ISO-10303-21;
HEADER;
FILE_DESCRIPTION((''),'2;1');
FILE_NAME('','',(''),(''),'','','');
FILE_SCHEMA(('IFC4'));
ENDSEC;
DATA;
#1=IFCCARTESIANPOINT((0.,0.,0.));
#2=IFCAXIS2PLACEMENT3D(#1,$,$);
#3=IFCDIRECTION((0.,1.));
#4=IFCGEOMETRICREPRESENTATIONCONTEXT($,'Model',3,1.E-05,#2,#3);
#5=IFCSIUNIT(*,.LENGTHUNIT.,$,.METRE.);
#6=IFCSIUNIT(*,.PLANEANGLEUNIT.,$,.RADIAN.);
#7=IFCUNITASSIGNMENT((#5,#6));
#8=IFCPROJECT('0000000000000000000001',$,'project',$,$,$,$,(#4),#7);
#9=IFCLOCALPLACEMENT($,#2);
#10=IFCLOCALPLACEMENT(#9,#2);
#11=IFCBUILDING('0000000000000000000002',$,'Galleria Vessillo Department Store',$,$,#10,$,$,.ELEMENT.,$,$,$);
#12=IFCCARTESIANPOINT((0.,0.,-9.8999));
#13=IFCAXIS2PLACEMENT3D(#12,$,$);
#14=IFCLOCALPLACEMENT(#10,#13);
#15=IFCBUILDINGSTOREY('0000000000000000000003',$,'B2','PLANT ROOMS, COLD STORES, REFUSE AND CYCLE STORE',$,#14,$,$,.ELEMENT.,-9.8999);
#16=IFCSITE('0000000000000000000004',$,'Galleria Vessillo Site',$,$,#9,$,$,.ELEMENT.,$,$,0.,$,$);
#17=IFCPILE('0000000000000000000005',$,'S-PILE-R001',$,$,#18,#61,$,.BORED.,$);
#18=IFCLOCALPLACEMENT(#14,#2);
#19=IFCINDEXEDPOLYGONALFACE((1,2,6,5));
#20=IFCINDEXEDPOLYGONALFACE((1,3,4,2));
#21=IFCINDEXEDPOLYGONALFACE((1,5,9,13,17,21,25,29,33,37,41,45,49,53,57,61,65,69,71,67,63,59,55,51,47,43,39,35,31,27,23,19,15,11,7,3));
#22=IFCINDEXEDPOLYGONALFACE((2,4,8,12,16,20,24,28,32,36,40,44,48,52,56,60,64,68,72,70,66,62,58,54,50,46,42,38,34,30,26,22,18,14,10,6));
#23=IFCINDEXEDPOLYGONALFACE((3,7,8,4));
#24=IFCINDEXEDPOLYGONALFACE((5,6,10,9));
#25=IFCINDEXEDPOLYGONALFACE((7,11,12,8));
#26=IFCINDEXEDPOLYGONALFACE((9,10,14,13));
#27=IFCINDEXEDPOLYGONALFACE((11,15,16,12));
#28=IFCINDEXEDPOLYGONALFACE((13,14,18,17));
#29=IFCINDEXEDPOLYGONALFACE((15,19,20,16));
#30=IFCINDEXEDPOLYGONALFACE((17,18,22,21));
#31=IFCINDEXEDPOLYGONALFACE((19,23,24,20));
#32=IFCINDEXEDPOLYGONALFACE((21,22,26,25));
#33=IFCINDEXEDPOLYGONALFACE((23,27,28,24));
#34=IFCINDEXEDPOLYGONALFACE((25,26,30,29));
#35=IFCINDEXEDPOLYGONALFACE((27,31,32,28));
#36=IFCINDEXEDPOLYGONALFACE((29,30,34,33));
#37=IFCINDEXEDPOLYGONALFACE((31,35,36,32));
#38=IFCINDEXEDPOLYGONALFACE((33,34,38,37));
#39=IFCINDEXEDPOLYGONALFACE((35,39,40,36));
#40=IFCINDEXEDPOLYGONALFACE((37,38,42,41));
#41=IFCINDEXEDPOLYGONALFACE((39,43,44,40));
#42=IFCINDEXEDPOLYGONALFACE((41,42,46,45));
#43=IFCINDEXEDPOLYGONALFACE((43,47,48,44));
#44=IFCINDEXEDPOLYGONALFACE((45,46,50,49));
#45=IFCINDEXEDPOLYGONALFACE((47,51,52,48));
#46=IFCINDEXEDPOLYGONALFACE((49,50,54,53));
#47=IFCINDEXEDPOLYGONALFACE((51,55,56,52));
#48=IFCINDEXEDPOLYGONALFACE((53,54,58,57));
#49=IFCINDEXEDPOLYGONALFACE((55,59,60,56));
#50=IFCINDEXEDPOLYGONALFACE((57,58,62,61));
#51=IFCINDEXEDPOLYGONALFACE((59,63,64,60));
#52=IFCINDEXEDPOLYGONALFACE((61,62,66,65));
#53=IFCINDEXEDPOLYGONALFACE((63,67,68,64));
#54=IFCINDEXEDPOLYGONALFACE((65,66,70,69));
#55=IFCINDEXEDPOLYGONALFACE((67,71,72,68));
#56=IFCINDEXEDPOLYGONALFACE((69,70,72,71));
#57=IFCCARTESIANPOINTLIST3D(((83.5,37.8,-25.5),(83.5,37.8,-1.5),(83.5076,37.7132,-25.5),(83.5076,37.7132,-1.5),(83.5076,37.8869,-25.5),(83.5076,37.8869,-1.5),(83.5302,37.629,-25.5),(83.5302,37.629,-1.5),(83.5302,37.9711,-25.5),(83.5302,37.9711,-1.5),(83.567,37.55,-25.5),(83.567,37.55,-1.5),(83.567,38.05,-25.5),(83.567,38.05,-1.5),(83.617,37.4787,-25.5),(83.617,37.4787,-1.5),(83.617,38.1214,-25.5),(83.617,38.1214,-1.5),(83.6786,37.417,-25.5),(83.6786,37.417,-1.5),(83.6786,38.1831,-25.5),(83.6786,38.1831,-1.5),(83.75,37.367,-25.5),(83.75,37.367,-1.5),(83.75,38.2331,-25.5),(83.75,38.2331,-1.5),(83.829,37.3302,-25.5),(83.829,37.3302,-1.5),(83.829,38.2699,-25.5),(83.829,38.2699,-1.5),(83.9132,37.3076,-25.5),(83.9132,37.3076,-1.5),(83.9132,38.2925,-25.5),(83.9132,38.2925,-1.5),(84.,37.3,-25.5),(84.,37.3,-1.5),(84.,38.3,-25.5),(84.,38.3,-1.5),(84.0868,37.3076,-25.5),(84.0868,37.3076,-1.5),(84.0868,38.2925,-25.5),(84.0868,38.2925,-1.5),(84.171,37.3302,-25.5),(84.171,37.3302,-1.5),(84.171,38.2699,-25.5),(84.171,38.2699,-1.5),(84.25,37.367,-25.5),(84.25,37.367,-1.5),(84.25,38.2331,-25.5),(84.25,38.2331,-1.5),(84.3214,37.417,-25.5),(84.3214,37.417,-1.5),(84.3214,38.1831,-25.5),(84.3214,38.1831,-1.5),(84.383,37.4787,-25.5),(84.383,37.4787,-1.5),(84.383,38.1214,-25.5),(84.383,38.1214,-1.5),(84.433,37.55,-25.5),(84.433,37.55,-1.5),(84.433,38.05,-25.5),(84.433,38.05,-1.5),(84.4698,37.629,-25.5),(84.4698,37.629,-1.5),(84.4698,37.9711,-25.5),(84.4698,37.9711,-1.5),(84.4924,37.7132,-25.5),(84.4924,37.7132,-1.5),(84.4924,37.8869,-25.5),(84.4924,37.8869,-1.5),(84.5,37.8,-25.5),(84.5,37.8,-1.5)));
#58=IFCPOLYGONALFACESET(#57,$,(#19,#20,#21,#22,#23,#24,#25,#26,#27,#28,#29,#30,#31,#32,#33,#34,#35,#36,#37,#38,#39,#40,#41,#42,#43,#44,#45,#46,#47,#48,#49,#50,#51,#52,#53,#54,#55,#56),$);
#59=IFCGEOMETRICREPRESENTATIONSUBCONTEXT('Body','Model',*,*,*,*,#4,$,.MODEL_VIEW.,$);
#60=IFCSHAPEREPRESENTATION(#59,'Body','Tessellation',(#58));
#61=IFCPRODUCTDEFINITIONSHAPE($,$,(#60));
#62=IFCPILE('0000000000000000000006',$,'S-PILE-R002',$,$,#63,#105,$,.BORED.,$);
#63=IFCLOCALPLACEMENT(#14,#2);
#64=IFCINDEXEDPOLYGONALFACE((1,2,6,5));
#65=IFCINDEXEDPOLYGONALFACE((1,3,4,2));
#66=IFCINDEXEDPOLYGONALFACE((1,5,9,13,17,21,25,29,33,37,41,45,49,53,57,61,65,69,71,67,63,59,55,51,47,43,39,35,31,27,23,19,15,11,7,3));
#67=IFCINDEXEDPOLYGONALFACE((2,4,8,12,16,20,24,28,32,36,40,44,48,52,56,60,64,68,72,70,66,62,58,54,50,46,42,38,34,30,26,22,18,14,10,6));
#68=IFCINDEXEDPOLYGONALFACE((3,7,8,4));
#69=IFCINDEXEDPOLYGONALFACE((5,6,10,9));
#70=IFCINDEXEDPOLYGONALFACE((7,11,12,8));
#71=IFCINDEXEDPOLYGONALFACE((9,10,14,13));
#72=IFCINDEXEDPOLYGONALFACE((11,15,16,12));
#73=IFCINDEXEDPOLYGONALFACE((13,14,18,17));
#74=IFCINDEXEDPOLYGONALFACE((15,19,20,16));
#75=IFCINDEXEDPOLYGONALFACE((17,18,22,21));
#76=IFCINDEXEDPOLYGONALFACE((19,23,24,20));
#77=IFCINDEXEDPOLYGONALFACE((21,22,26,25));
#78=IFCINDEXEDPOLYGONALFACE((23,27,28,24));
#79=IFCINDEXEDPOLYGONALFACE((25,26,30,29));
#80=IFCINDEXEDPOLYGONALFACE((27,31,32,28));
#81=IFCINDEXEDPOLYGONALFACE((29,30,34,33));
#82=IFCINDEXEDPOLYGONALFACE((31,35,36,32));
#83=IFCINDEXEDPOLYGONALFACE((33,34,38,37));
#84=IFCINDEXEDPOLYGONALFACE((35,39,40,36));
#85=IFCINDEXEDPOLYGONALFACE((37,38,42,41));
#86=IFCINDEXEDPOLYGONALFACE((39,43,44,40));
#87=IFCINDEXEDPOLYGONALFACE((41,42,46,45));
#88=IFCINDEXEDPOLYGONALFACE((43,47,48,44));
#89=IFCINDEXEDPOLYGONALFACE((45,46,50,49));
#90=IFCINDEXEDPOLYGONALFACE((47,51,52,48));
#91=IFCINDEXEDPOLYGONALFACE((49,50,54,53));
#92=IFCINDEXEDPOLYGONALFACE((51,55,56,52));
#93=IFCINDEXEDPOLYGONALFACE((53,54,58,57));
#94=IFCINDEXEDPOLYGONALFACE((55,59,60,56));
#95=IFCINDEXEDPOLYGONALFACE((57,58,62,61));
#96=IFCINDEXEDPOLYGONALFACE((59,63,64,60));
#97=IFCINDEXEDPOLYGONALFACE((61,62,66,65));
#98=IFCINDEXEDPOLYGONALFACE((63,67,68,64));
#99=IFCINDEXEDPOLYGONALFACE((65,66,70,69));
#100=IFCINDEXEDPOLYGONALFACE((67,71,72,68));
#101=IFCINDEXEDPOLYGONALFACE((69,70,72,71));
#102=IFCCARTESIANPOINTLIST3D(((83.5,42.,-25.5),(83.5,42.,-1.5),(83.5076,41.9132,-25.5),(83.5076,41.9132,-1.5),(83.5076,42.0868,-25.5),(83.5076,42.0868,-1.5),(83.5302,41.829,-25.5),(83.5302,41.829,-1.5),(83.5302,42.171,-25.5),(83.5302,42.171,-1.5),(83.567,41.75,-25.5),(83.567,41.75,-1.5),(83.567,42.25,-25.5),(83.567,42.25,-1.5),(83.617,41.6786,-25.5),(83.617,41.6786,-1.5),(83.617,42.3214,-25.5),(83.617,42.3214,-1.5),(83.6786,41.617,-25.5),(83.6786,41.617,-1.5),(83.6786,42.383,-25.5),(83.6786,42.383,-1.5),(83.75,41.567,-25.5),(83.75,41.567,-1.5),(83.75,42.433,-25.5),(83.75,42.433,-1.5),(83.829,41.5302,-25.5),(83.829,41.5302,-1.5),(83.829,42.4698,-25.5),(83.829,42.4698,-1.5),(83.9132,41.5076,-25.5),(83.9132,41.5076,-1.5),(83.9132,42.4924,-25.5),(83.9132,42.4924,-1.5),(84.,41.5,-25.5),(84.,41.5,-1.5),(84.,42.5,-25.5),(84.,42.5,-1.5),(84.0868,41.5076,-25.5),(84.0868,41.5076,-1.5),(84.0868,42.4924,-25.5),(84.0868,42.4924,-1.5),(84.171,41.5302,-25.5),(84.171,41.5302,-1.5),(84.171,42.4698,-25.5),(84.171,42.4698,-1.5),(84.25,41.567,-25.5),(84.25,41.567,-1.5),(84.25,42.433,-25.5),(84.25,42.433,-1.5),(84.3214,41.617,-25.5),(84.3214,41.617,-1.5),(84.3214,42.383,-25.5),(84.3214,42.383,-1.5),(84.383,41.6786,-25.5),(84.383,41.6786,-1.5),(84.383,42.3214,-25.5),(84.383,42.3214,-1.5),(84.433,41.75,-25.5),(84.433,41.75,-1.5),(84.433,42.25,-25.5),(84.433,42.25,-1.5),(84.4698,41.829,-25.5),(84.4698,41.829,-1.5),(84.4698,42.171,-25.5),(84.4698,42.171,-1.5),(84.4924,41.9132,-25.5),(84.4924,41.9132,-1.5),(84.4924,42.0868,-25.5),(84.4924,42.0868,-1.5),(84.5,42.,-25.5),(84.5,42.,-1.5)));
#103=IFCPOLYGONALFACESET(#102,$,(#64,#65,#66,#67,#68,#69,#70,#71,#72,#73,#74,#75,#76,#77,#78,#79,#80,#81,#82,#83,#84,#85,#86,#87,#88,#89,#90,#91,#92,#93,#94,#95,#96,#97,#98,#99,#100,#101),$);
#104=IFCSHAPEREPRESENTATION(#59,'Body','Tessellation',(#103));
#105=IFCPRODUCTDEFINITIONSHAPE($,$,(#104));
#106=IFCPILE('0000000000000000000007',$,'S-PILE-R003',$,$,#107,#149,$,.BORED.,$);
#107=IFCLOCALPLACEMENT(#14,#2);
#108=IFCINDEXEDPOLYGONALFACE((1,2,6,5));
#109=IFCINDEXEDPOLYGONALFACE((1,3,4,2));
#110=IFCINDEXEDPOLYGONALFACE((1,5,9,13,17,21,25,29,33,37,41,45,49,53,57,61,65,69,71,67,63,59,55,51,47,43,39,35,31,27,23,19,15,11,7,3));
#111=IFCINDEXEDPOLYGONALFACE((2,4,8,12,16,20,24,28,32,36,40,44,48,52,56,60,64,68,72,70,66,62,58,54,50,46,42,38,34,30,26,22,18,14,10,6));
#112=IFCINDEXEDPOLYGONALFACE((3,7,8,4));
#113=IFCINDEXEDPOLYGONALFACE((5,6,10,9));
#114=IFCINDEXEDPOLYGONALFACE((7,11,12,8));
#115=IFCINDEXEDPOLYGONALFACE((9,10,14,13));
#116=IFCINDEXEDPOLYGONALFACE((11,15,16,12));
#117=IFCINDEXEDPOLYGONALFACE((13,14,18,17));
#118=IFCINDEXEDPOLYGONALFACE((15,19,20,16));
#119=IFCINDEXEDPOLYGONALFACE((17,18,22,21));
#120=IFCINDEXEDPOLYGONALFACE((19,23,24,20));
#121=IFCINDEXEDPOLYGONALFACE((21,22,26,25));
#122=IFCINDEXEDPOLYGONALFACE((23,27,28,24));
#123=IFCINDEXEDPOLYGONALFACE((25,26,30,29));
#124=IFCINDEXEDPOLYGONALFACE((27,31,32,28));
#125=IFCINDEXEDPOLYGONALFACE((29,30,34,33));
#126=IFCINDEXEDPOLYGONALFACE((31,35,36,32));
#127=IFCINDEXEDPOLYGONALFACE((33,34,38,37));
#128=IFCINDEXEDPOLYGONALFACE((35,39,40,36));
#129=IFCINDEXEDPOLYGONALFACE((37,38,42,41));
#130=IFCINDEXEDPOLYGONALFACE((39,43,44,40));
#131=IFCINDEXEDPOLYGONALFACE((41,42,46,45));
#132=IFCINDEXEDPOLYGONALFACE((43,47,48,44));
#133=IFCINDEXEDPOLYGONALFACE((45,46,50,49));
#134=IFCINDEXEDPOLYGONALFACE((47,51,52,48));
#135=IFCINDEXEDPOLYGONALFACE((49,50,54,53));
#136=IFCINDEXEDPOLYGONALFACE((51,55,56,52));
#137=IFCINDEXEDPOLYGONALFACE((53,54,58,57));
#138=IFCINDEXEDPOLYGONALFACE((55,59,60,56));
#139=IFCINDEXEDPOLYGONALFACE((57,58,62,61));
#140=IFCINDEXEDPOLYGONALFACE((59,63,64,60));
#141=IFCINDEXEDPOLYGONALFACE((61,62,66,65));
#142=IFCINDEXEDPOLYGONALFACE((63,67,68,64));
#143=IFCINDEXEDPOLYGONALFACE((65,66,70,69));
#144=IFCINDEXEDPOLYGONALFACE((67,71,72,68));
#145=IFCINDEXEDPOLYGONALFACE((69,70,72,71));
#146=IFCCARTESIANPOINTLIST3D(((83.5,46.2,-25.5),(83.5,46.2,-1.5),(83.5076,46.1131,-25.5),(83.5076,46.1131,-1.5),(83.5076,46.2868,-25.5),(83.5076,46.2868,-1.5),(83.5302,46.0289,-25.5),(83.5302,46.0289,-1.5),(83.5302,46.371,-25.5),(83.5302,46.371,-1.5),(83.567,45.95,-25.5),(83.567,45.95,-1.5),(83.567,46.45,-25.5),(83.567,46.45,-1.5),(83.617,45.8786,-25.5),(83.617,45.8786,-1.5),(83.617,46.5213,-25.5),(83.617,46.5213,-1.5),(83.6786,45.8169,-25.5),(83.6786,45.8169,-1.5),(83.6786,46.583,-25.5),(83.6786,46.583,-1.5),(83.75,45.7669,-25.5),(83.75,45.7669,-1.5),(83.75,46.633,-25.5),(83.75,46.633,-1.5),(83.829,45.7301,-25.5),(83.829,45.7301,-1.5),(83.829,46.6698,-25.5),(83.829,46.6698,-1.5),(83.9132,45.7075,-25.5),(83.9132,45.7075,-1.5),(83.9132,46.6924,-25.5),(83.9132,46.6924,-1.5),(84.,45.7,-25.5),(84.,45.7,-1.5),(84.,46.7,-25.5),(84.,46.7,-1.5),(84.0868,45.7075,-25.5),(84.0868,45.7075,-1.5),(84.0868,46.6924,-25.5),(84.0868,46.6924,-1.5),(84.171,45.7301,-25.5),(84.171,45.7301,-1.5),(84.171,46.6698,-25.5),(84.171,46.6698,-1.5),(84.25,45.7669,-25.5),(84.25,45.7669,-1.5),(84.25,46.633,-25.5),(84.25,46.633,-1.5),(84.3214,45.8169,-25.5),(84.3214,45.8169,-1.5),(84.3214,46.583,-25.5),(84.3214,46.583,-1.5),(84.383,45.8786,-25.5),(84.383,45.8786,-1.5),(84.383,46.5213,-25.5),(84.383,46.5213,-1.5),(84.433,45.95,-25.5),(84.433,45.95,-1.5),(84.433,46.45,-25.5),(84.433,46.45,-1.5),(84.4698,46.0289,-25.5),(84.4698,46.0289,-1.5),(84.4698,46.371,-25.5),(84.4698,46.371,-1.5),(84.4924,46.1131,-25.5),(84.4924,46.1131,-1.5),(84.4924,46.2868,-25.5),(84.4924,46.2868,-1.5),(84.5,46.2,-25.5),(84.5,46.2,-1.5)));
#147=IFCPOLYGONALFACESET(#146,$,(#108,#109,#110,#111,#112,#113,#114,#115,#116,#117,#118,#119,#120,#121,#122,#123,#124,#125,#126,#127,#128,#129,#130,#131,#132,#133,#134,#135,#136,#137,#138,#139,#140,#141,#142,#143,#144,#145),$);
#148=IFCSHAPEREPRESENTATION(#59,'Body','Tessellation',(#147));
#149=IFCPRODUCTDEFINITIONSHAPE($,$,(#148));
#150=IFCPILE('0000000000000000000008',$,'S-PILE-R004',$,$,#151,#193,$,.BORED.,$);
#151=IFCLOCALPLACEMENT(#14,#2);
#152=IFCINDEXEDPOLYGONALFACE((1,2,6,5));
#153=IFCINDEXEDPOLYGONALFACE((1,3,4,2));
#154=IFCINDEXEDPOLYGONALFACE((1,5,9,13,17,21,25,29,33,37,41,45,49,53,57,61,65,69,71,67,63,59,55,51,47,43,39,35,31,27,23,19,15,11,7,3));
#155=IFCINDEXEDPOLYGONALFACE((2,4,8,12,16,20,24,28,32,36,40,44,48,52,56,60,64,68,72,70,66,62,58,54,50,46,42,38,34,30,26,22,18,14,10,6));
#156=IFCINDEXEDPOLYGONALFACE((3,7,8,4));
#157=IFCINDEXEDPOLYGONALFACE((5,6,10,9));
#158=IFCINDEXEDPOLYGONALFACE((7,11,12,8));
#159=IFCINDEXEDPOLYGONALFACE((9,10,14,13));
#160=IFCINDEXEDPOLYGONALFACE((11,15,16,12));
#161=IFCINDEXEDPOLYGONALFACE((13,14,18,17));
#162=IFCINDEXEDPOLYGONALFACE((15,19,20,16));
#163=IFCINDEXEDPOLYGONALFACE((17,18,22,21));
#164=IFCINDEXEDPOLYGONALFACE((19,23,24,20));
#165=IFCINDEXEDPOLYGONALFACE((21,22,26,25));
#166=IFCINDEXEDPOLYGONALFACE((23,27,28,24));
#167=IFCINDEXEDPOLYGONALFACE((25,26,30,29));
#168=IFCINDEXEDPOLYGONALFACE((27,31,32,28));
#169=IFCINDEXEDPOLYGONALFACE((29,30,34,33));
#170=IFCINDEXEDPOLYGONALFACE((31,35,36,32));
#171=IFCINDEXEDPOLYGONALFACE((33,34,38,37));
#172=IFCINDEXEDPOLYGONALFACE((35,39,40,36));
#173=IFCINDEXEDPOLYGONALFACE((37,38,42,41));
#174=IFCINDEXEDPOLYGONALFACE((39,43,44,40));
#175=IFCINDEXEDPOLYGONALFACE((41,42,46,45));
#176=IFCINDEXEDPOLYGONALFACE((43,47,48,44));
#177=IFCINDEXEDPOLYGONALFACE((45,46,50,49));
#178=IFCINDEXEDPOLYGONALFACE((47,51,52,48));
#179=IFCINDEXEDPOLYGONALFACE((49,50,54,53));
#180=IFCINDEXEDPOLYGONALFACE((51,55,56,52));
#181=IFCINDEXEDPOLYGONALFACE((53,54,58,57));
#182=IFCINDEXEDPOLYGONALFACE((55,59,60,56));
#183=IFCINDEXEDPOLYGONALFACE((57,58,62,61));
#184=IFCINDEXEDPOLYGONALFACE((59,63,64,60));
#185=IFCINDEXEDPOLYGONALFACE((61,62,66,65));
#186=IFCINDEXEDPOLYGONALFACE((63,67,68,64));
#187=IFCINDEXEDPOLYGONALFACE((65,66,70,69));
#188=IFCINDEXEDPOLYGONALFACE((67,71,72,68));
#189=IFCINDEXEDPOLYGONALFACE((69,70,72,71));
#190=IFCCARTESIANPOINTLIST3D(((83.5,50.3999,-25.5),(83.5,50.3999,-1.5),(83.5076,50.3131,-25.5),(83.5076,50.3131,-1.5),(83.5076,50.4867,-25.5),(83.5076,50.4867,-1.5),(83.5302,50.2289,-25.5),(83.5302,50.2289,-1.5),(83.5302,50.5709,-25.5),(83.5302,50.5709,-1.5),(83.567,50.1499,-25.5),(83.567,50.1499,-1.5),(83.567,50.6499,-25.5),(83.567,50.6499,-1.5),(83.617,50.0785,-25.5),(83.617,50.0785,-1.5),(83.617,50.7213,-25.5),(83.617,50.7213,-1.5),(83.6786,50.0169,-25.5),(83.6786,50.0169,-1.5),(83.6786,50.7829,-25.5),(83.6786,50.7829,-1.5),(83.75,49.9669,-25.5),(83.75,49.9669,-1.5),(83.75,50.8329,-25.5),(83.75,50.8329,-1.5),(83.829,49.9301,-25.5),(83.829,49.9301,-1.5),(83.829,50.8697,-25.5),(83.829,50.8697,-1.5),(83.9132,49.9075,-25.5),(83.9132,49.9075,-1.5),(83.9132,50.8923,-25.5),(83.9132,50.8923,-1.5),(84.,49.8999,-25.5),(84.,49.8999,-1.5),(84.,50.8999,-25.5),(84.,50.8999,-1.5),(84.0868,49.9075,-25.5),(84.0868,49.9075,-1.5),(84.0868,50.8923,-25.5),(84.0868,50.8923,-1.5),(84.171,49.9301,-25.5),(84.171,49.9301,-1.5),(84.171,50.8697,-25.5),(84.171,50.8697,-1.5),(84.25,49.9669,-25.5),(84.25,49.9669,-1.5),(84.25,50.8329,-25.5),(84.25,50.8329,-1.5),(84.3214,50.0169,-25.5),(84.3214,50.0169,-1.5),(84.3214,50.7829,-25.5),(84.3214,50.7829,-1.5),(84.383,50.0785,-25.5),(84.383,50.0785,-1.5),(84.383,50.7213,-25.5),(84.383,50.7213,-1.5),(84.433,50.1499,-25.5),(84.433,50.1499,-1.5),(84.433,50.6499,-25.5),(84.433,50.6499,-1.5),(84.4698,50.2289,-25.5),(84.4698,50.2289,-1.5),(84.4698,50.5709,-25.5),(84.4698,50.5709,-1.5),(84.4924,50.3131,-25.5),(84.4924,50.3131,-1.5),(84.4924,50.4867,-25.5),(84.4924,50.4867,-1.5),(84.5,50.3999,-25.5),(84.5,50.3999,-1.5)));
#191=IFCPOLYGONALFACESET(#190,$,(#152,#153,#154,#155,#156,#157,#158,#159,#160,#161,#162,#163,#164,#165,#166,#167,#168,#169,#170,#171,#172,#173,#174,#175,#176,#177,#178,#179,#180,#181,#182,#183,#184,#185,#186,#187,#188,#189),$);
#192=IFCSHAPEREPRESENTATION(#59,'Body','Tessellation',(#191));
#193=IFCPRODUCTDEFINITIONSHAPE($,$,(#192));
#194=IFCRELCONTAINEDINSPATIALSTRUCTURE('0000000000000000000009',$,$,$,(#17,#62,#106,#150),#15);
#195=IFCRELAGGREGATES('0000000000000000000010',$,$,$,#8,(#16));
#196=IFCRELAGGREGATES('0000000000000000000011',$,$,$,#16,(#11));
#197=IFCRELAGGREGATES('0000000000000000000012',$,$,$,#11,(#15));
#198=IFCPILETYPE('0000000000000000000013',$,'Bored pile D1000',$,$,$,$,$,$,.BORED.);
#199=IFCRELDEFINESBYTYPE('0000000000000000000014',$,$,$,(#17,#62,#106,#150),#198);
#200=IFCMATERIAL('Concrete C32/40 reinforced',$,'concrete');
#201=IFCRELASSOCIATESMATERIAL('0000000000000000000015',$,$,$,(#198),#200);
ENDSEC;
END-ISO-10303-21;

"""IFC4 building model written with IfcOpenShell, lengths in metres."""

from ifc_helpers import new_model, si_unit, direction, frame, origin, origin_2d, place, context, subcontext, project, spatial, circle, extrude, material, material_profile, profile_set, type_object, element, save


model = new_model("IFC4")

# Units and contexts
model_context = context("Model", 3, precision=1e-05, world=origin(), true_north=direction((0.0, 1.0)))
body_context = subcontext(model_context, "Body", "Model", "MODEL_VIEW")
ifc_project = project(units=[si_unit("LENGTHUNIT", "METRE"), si_unit("PLANEANGLEUNIT", "RADIAN")], contexts=[model_context])

# Site, building, storey
site_placement = place(None, origin())
site = spatial("IfcSite", under=ifc_project, at=site_placement, Name="Galleria Vessillo Site", CompositionType="ELEMENT", RefElevation=0.0)
building_placement = place(site_placement, origin())
building = spatial("IfcBuilding", under=site, at=building_placement, Name="Galleria Vessillo Department Store", CompositionType="ELEMENT")
storey_placement = place(building_placement, frame((0.0, 0.0, -9.8999)))
storey = spatial("IfcBuildingStorey", under=building, at=storey_placement, Name="B2", Description="PLANT ROOMS, COLD STORES, REFUSE AND CYCLE STORE", CompositionType="ELEMENT", Elevation=-9.8999)

# Piles
ifc_material_1 = material(Name="Concrete C32/40 reinforced", Category="concrete")
ifc_material_profile_1 = material_profile(ifc_material_1, circle(Radius=0.5, at=origin_2d()), Name="Bored pile D1000")
ifc_profile_set_1 = profile_set([ifc_material_profile_1], Name="Concrete C32/40 reinforced")
pile_type = type_object("IfcPileType", Name="Bored pile D1000", PredefinedType="BORED", material=ifc_profile_set_1)
for number, where, z_axis, x_axis, name in (
    (1, (84.0, 37.8, -1.5), (0.0, 0.0, -1.0), (1.0, 0.0, 0.0), "S-PILE-R001"),
    (2, (84.0, 42.0, -1.5), (0.0, 0.0, -1.0), (1.0, 0.0, 0.0), "S-PILE-R002"),
    (3, (84.0, 46.2, -1.5), (0.0, 0.0, -1.0), (1.0, 0.0, 0.0), "S-PILE-R003"),
    (4, (84.0, 50.3999, -1.5), (0.0, 0.0, -1.0), (1.0, 0.0, 0.0), "S-PILE-R004"),
):
    element("IfcPile", number, at=place(storey_placement, frame(where, z_axis=z_axis, x_axis=x_axis)), inside=storey, type_object=pile_type, Name=name, PredefinedType="BORED", context=body_context, shape_type="SweptSolid", body=[
        extrude(circle(Radius=0.5, at=origin_2d()), origin(), (0.0, 0.0, 1.0), 24.0),
    ])

save(model, "model.ifc")
